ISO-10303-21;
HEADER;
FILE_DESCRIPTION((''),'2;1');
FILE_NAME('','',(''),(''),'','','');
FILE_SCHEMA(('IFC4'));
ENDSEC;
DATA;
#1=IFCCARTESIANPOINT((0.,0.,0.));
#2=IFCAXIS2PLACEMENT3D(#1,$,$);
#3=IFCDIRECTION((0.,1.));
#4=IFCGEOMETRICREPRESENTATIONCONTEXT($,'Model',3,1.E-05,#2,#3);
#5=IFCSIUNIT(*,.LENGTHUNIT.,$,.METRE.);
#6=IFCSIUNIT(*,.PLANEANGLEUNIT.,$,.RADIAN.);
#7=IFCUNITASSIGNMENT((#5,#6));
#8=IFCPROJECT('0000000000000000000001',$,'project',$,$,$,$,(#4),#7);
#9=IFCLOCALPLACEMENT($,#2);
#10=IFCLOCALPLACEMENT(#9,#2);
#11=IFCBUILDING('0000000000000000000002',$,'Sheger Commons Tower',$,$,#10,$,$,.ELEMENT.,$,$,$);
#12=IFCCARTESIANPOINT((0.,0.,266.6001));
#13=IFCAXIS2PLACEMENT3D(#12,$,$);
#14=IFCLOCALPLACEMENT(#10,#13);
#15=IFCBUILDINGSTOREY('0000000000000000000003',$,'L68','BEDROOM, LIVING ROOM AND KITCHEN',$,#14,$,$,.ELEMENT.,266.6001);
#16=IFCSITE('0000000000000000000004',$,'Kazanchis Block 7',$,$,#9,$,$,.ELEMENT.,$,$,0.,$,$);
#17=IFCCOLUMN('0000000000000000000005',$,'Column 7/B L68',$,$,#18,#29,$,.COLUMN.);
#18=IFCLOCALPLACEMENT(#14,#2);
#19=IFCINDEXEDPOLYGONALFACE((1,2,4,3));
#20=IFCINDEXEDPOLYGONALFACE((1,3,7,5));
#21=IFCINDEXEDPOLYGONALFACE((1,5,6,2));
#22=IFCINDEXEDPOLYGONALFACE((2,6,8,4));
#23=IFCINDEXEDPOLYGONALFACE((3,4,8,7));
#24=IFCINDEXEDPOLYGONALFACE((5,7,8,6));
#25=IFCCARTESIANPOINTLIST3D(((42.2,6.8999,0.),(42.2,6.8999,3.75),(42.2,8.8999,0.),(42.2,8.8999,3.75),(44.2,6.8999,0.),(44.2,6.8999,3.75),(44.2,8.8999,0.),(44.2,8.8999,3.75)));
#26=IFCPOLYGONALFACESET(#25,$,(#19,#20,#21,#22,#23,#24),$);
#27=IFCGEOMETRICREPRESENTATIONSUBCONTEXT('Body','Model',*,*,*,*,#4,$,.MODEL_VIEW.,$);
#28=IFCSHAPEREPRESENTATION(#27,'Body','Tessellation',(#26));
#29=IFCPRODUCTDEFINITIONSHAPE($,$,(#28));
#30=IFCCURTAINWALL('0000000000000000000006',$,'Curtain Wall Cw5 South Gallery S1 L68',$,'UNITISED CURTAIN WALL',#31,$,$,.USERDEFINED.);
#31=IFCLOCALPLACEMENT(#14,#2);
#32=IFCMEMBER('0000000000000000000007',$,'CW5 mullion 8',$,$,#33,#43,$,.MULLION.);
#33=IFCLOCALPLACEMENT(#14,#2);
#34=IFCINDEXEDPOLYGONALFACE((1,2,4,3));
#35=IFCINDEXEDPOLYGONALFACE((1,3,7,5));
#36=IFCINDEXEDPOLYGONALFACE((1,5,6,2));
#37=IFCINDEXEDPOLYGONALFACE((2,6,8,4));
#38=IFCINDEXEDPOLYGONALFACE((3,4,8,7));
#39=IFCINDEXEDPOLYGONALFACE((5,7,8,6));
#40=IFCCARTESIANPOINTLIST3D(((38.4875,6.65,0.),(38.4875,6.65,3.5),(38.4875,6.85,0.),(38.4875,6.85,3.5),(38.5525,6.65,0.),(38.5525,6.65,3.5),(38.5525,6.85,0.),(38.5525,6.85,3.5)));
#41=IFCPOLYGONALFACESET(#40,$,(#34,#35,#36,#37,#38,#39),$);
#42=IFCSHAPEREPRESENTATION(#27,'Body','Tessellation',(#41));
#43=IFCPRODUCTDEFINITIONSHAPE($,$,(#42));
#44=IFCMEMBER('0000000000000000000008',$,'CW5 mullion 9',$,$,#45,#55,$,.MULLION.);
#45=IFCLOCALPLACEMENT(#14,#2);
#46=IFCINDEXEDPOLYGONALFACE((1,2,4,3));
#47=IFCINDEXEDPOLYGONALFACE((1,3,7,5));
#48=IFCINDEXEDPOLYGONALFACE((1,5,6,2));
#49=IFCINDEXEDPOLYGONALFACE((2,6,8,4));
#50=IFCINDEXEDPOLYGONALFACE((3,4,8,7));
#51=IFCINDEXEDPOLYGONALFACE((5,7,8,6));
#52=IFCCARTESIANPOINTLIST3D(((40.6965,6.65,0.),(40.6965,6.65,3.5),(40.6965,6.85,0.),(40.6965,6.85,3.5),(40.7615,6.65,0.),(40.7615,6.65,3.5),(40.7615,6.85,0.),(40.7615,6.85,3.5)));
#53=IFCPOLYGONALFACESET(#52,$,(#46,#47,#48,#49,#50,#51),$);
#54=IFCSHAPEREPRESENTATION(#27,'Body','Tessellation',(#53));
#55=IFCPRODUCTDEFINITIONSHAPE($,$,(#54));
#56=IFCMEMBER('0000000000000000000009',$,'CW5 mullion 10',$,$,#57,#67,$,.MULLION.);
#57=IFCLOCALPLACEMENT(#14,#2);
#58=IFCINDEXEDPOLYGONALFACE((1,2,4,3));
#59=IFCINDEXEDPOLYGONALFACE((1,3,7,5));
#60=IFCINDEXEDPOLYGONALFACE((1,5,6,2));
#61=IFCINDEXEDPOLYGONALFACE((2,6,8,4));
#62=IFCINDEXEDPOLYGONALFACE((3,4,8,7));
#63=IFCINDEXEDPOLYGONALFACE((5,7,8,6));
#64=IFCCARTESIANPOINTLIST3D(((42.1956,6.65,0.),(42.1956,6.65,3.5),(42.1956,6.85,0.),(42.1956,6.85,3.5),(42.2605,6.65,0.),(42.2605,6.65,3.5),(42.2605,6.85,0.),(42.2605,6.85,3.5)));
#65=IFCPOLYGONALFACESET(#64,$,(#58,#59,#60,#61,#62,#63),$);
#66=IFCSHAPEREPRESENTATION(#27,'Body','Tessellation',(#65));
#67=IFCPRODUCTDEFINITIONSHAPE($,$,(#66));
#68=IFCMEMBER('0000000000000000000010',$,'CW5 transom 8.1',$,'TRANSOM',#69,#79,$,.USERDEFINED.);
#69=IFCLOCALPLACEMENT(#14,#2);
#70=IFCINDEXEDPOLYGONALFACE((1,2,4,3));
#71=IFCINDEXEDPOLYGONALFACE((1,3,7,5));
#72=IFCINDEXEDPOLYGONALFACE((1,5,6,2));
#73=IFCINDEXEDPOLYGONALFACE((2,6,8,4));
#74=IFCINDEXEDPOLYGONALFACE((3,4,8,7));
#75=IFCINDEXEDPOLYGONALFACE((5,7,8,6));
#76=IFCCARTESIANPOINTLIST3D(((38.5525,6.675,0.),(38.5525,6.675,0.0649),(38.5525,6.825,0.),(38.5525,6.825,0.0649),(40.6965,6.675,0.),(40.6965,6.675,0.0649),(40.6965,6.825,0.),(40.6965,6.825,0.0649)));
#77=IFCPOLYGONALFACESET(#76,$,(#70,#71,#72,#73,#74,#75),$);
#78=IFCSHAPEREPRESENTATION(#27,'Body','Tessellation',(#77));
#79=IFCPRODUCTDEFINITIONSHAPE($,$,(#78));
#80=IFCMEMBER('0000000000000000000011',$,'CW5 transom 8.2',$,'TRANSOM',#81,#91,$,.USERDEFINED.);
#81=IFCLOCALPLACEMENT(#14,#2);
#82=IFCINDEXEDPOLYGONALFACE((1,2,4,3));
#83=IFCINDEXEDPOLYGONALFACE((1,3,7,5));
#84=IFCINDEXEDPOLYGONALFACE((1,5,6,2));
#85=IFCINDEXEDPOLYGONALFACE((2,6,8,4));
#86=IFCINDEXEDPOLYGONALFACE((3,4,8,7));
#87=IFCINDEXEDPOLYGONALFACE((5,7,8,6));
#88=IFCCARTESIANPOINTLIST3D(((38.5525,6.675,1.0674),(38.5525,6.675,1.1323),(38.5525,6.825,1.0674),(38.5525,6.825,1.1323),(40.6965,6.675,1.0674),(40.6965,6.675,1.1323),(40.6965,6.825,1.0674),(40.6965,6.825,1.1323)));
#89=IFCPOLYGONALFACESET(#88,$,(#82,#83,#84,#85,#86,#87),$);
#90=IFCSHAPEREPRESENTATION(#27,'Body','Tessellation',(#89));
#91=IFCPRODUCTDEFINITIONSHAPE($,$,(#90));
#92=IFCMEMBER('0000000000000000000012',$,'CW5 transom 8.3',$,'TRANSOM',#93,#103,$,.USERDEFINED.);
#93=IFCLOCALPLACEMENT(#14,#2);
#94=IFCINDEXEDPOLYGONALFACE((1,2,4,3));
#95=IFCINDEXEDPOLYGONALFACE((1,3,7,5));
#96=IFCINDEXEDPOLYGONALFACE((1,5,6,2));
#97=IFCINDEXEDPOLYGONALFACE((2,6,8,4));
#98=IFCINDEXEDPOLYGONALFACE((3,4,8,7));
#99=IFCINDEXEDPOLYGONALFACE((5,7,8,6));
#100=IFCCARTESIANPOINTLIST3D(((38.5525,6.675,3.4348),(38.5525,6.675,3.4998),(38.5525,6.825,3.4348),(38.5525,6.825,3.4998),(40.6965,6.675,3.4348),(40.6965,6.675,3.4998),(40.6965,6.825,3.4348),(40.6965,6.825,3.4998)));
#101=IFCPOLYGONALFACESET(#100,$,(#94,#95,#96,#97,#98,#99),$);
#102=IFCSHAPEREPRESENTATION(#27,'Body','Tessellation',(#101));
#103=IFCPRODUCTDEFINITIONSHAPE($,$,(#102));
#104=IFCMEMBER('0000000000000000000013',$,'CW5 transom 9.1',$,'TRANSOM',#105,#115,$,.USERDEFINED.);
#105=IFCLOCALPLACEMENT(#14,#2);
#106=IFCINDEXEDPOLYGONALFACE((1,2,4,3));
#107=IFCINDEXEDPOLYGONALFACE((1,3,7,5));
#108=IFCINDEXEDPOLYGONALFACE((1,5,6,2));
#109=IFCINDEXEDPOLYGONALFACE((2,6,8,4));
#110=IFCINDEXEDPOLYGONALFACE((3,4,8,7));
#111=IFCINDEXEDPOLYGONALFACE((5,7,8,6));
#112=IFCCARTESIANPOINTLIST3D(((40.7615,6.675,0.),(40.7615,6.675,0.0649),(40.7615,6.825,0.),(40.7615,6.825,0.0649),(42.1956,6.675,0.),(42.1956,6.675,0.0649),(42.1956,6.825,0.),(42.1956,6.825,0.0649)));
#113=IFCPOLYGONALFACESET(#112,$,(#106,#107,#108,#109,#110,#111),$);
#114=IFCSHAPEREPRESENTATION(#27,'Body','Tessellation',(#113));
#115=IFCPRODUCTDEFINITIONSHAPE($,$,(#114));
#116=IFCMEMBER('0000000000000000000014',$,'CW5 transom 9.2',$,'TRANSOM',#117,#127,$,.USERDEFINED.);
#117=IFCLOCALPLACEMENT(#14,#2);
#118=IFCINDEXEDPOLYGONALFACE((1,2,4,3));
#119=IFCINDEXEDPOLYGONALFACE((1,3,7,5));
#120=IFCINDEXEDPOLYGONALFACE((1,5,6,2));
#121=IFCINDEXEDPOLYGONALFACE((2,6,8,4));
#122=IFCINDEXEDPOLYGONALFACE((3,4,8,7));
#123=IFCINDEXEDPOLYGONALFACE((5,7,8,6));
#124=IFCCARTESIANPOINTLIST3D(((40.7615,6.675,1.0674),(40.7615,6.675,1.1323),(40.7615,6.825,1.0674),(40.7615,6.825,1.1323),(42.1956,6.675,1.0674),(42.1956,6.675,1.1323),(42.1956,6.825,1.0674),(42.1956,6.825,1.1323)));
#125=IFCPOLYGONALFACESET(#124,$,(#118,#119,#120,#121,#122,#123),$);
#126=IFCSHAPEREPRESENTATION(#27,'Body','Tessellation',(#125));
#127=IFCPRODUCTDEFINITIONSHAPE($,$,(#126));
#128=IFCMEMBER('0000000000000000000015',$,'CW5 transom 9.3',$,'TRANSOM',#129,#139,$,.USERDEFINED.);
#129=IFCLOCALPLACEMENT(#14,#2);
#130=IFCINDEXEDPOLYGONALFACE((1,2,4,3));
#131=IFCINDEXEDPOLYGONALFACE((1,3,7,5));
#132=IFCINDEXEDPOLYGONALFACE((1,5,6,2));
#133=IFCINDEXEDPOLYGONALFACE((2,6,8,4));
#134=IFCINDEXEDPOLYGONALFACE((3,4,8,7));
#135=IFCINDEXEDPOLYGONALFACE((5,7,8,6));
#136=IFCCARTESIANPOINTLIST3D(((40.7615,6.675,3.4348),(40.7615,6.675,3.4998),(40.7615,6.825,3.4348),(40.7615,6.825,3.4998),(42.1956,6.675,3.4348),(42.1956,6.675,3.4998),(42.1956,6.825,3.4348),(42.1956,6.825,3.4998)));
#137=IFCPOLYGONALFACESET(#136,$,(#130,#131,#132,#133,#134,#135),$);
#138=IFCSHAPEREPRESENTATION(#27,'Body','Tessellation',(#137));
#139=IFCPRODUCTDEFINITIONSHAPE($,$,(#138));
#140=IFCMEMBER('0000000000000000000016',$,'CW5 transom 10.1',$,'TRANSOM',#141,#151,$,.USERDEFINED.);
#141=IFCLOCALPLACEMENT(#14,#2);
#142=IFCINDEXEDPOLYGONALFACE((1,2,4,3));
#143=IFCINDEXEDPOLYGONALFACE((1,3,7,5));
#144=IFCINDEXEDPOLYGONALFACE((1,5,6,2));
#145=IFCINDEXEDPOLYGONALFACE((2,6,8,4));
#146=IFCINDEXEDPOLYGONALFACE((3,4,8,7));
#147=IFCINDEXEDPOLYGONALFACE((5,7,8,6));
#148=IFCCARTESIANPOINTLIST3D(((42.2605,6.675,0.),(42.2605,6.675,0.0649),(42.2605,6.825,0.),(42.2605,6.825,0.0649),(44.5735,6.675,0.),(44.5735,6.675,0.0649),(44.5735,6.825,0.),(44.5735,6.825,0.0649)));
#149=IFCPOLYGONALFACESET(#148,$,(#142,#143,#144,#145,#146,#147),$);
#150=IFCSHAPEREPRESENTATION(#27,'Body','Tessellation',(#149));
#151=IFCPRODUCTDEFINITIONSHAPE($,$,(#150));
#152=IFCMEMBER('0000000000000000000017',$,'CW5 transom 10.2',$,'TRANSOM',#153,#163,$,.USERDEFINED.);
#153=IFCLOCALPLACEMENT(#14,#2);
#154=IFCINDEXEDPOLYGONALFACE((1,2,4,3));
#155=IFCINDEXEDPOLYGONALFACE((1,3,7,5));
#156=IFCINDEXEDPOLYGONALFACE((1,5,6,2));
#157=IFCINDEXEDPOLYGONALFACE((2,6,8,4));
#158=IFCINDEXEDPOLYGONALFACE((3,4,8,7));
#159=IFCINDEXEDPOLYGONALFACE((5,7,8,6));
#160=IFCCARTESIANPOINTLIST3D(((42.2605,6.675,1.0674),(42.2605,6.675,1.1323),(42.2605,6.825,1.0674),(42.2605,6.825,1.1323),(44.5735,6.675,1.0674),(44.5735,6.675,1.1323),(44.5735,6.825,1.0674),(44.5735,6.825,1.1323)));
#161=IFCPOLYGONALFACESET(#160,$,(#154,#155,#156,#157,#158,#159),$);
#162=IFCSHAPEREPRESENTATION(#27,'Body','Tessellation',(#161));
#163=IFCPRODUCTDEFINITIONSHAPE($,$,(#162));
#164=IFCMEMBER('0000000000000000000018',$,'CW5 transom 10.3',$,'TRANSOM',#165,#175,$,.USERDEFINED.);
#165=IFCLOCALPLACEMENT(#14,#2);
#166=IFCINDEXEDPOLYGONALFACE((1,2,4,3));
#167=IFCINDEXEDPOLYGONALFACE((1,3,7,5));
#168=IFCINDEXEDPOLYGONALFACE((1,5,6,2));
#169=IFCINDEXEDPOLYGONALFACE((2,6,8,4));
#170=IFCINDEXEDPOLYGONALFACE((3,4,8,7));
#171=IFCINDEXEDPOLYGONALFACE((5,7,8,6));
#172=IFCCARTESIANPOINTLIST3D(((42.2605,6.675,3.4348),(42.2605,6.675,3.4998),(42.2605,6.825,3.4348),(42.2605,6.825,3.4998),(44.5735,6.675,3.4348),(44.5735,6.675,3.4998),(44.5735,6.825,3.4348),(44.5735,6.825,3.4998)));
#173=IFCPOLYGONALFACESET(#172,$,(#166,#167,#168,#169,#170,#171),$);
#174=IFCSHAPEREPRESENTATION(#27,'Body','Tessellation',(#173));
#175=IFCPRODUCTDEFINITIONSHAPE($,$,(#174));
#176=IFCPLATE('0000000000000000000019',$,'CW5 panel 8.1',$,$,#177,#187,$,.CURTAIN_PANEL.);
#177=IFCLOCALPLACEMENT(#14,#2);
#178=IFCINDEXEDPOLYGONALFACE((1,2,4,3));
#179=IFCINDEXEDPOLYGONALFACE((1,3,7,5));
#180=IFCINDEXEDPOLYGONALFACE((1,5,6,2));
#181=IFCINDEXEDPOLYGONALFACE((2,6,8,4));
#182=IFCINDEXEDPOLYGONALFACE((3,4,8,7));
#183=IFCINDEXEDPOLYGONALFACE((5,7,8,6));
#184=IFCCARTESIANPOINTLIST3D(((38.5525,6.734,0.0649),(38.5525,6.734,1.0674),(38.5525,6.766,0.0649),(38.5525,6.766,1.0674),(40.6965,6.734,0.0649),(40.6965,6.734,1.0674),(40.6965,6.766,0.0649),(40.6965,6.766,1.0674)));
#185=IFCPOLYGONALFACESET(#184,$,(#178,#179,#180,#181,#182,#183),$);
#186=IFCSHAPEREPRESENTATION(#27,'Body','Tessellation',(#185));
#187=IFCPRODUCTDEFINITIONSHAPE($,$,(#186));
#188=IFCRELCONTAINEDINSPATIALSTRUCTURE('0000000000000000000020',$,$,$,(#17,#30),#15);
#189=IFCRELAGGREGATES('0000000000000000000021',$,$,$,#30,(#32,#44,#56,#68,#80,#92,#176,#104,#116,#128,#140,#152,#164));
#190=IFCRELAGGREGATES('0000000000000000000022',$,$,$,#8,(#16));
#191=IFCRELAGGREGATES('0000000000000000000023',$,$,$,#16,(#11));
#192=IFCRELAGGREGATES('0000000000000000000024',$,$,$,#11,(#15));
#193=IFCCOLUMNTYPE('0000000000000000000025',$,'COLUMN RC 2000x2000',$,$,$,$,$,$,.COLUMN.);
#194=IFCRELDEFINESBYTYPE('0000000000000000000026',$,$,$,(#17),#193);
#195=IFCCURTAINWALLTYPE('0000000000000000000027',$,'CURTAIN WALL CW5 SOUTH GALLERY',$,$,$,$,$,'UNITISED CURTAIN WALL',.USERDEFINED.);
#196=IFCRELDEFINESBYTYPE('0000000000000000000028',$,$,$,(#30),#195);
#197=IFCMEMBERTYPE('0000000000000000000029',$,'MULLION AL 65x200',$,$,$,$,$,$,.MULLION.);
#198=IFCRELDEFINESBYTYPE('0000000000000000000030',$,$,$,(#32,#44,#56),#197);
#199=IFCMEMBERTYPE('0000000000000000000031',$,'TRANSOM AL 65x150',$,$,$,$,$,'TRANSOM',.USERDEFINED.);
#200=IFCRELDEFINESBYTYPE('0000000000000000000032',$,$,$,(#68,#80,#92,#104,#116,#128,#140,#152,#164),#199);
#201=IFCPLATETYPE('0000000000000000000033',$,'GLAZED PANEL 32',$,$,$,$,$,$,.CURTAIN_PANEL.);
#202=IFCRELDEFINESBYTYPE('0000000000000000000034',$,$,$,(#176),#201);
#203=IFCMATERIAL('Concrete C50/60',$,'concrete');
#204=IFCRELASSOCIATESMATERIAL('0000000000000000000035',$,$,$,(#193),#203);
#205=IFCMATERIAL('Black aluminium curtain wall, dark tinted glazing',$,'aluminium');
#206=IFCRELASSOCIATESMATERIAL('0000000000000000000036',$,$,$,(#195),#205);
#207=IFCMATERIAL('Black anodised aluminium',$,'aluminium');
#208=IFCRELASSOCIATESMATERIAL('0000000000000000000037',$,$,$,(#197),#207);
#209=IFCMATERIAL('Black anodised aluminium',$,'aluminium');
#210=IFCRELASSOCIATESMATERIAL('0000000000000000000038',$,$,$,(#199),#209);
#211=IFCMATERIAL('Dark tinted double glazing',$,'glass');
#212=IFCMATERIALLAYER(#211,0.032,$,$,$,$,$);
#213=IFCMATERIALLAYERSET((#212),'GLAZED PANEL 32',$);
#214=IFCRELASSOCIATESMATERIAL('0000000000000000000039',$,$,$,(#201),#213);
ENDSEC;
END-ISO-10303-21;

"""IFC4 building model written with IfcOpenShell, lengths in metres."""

from ifc_helpers import new_model, si_unit, direction, frame, origin, origin_2d, place, context, subcontext, project, spatial, rectangle, extrude, material, layer, layer_set, material_profile, profile_set, type_object, element, aggregate, save


model = new_model("IFC4")

# Units and contexts
model_context = context("Model", 3, precision=1e-05, world=origin(), true_north=direction((0.0, 1.0)))
body_context = subcontext(model_context, "Body", "Model", "MODEL_VIEW")
ifc_project = project(units=[si_unit("LENGTHUNIT", "METRE"), si_unit("PLANEANGLEUNIT", "RADIAN")], contexts=[model_context])

# Site, building, storey
site_placement = place(None, origin())
site = spatial("IfcSite", under=ifc_project, at=site_placement, Name="Kazanchis Block 7", CompositionType="ELEMENT", RefElevation=0.0)
building_placement = place(site_placement, origin())
building = spatial("IfcBuilding", under=site, at=building_placement, Name="Sheger Commons Tower", CompositionType="ELEMENT")
storey_placement = place(building_placement, frame((0.0, 0.0, 266.6001)))
storey = spatial("IfcBuildingStorey", under=building, at=storey_placement, Name="L68", Description="BEDROOM, LIVING ROOM AND KITCHEN", CompositionType="ELEMENT", Elevation=266.6001)

# Column
ifc_material_1 = material(Name="Concrete C50/60", Category="concrete")
ifc_material_profile_1 = material_profile(ifc_material_1, rectangle(XDim=2.0, YDim=2.0, at=origin_2d()), Name="RC 2000x2000")
ifc_profile_set_1 = profile_set([ifc_material_profile_1], Name="Concrete C50/60")
column_type = type_object("IfcColumnType", Name="COLUMN RC 2000x2000", PredefinedType="COLUMN", material=ifc_profile_set_1)
column_placement = place(storey_placement, frame((43.2, 7.8999, 0.0), z_axis=(0.0, 0.0, 1.0), x_axis=(1.0, 0.0, 0.0)))
element("IfcColumn", 1, at=column_placement, inside=storey, type_object=column_type, Name="Column 7/B L68", PredefinedType="COLUMN", context=body_context, shape_type="SweptSolid", body=[
    extrude(rectangle(XDim=2.0, YDim=2.0, at=origin_2d()), origin(), (0.0, 0.0, 1.0), 3.75),
])

# Curtain wall, members, plate
ifc_material_2 = material(Name="Black aluminium curtain wall, dark tinted glazing", Category="aluminium")
curtain_wall_type = type_object("IfcCurtainWallType", Name="CURTAIN WALL CW5 SOUTH GALLERY", ElementType="UNITISED CURTAIN WALL", PredefinedType="USERDEFINED", material=ifc_material_2)
curtain_wall_placement = place(storey_placement, origin())
curtain_wall = element("IfcCurtainWall", 2, at=curtain_wall_placement, inside=storey, type_object=curtain_wall_type, Name="Curtain Wall Cw5 South Gallery S1 L68", ObjectType="UNITISED CURTAIN WALL", PredefinedType="USERDEFINED")
ifc_material_3 = material(Name="Black anodised aluminium", Category="aluminium")
ifc_material_profile_2 = material_profile(ifc_material_3, rectangle(XDim=0.2, YDim=0.0649, at=origin_2d()), Name="AL 65x200")
ifc_profile_set_2 = profile_set([ifc_material_profile_2], Name="Black anodised aluminium")
member_type_1 = type_object("IfcMemberType", Name="MULLION AL 65x200", PredefinedType="MULLION", material=ifc_profile_set_2)
member_1_placement = place(storey_placement, frame((38.52, 6.75, 0.0), z_axis=(0.0, 0.0, 1.0), x_axis=(0.0, 1.0, 0.0)))
member_1 = element("IfcMember", 3, at=member_1_placement, type_object=member_type_1, Name="CW5 mullion 8", PredefinedType="MULLION", context=body_context, shape_type="SweptSolid", body=[
    extrude(rectangle(XDim=0.2, YDim=0.0649, at=origin_2d()), origin(), (0.0, 0.0, 1.0), 3.5),
])
member_2_placement = place(storey_placement, frame((40.729, 6.75, 0.0), z_axis=(0.0, 0.0, 1.0), x_axis=(0.0, 1.0, 0.0)))
member_2 = element("IfcMember", 4, at=member_2_placement, type_object=member_type_1, Name="CW5 mullion 9", PredefinedType="MULLION", context=body_context, shape_type="SweptSolid", body=[
    extrude(rectangle(XDim=0.2, YDim=0.0649, at=origin_2d()), origin(), (0.0, 0.0, 1.0), 3.5),
])
member_3_placement = place(storey_placement, frame((42.228, 6.75, 0.0), z_axis=(0.0, 0.0, 1.0), x_axis=(0.0, 1.0, 0.0)))
member_3 = element("IfcMember", 5, at=member_3_placement, type_object=member_type_1, Name="CW5 mullion 10", PredefinedType="MULLION", context=body_context, shape_type="SweptSolid", body=[
    extrude(rectangle(XDim=0.2, YDim=0.0649, at=origin_2d()), origin(), (0.0, 0.0, 1.0), 3.5),
])
ifc_material_4 = material(Name="Black anodised aluminium", Category="aluminium")
ifc_material_profile_3 = material_profile(ifc_material_4, rectangle(XDim=0.1499, YDim=0.0649, at=origin_2d()), Name="AL 65x150")
ifc_profile_set_3 = profile_set([ifc_material_profile_3], Name="Black anodised aluminium")
member_type_2 = type_object("IfcMemberType", Name="TRANSOM AL 65x150", ElementType="TRANSOM", PredefinedType="USERDEFINED", material=ifc_profile_set_3)
member_4_placement = place(storey_placement, frame((38.5525, 6.75, 0.0325), z_axis=(1.0, 0.0, 0.0), x_axis=(0.0, 1.0, 0.0)))
member_4 = element("IfcMember", 6, at=member_4_placement, type_object=member_type_2, Name="CW5 transom 8.1", ObjectType="TRANSOM", PredefinedType="USERDEFINED", context=body_context, shape_type="SweptSolid", body=[
    extrude(rectangle(XDim=0.1499, YDim=0.0649, at=origin_2d()), origin(), (0.0, 0.0, 1.0), 2.144),
])
member_5_placement = place(storey_placement, frame((38.5525, 6.75, 1.0999), z_axis=(1.0, 0.0, 0.0), x_axis=(0.0, 1.0, 0.0)))
member_5 = element("IfcMember", 7, at=member_5_placement, type_object=member_type_2, Name="CW5 transom 8.2", ObjectType="TRANSOM", PredefinedType="USERDEFINED", context=body_context, shape_type="SweptSolid", body=[
    extrude(rectangle(XDim=0.1499, YDim=0.0649, at=origin_2d()), origin(), (0.0, 0.0, 1.0), 2.144),
])
member_6_placement = place(storey_placement, frame((38.5525, 6.75, 3.4673), z_axis=(1.0, 0.0, 0.0), x_axis=(0.0, 1.0, 0.0)))
member_6 = element("IfcMember", 8, at=member_6_placement, type_object=member_type_2, Name="CW5 transom 8.3", ObjectType="TRANSOM", PredefinedType="USERDEFINED", context=body_context, shape_type="SweptSolid", body=[
    extrude(rectangle(XDim=0.1499, YDim=0.0649, at=origin_2d()), origin(), (0.0, 0.0, 1.0), 2.144),
])
member_7_placement = place(storey_placement, frame((40.7615, 6.75, 0.0325), z_axis=(1.0, 0.0, 0.0), x_axis=(0.0, 1.0, 0.0)))
member_7 = element("IfcMember", 9, at=member_7_placement, type_object=member_type_2, Name="CW5 transom 9.1", ObjectType="TRANSOM", PredefinedType="USERDEFINED", context=body_context, shape_type="SweptSolid", body=[
    extrude(rectangle(XDim=0.1499, YDim=0.0649, at=origin_2d()), origin(), (0.0, 0.0, 1.0), 1.4341),
])
member_8_placement = place(storey_placement, frame((40.7615, 6.75, 1.0999), z_axis=(1.0, 0.0, 0.0), x_axis=(0.0, 1.0, 0.0)))
member_8 = element("IfcMember", 10, at=member_8_placement, type_object=member_type_2, Name="CW5 transom 9.2", ObjectType="TRANSOM", PredefinedType="USERDEFINED", context=body_context, shape_type="SweptSolid", body=[
    extrude(rectangle(XDim=0.1499, YDim=0.0649, at=origin_2d()), origin(), (0.0, 0.0, 1.0), 1.4341),
])
member_9_placement = place(storey_placement, frame((40.7615, 6.75, 3.4673), z_axis=(1.0, 0.0, 0.0), x_axis=(0.0, 1.0, 0.0)))
member_9 = element("IfcMember", 11, at=member_9_placement, type_object=member_type_2, Name="CW5 transom 9.3", ObjectType="TRANSOM", PredefinedType="USERDEFINED", context=body_context, shape_type="SweptSolid", body=[
    extrude(rectangle(XDim=0.1499, YDim=0.0649, at=origin_2d()), origin(), (0.0, 0.0, 1.0), 1.4341),
])
member_10_placement = place(storey_placement, frame((42.2605, 6.75, 0.0325), z_axis=(1.0, 0.0, 0.0), x_axis=(0.0, 1.0, 0.0)))
member_10 = element("IfcMember", 12, at=member_10_placement, type_object=member_type_2, Name="CW5 transom 10.1", ObjectType="TRANSOM", PredefinedType="USERDEFINED", context=body_context, shape_type="SweptSolid", body=[
    extrude(rectangle(XDim=0.1499, YDim=0.0649, at=origin_2d()), origin(), (0.0, 0.0, 1.0), 2.313),
])
member_11_placement = place(storey_placement, frame((42.2605, 6.75, 1.0999), z_axis=(1.0, 0.0, 0.0), x_axis=(0.0, 1.0, 0.0)))
member_11 = element("IfcMember", 13, at=member_11_placement, type_object=member_type_2, Name="CW5 transom 10.2", ObjectType="TRANSOM", PredefinedType="USERDEFINED", context=body_context, shape_type="SweptSolid", body=[
    extrude(rectangle(XDim=0.1499, YDim=0.0649, at=origin_2d()), origin(), (0.0, 0.0, 1.0), 2.313),
])
member_12_placement = place(storey_placement, frame((42.2605, 6.75, 3.4673), z_axis=(1.0, 0.0, 0.0), x_axis=(0.0, 1.0, 0.0)))
member_12 = element("IfcMember", 14, at=member_12_placement, type_object=member_type_2, Name="CW5 transom 10.3", ObjectType="TRANSOM", PredefinedType="USERDEFINED", context=body_context, shape_type="SweptSolid", body=[
    extrude(rectangle(XDim=0.1499, YDim=0.0649, at=origin_2d()), origin(), (0.0, 0.0, 1.0), 2.313),
])
ifc_material_5 = material(Name="Dark tinted double glazing", Category="glass")
ifc_layer_1 = layer(ifc_material_5, 0.032)
ifc_layer_set_1 = layer_set([ifc_layer_1], Name="GLAZED PANEL 32")
plate_type = type_object("IfcPlateType", Name="GLAZED PANEL 32", PredefinedType="CURTAIN_PANEL", material=ifc_layer_set_1)
plate_1_placement = place(storey_placement, frame((39.6245, 6.75, 0.0649), z_axis=(0.0, 0.0, 1.0), x_axis=(1.0, 0.0, 0.0)))
plate_1 = element("IfcPlate", 15, at=plate_1_placement, type_object=plate_type, Name="CW5 panel 8.1", PredefinedType="CURTAIN_PANEL", context=body_context, shape_type="SweptSolid", body=[
    extrude(rectangle(XDim=2.144, YDim=0.032, at=origin_2d()), origin(), (0.0, 0.0, 1.0), 1.0024),
])
aggregate(curtain_wall, [member_1, member_2, member_3, member_4, member_5, member_6, plate_1, member_7, member_8, member_9, member_10, member_11, member_12])

save(model, "model.ifc")
